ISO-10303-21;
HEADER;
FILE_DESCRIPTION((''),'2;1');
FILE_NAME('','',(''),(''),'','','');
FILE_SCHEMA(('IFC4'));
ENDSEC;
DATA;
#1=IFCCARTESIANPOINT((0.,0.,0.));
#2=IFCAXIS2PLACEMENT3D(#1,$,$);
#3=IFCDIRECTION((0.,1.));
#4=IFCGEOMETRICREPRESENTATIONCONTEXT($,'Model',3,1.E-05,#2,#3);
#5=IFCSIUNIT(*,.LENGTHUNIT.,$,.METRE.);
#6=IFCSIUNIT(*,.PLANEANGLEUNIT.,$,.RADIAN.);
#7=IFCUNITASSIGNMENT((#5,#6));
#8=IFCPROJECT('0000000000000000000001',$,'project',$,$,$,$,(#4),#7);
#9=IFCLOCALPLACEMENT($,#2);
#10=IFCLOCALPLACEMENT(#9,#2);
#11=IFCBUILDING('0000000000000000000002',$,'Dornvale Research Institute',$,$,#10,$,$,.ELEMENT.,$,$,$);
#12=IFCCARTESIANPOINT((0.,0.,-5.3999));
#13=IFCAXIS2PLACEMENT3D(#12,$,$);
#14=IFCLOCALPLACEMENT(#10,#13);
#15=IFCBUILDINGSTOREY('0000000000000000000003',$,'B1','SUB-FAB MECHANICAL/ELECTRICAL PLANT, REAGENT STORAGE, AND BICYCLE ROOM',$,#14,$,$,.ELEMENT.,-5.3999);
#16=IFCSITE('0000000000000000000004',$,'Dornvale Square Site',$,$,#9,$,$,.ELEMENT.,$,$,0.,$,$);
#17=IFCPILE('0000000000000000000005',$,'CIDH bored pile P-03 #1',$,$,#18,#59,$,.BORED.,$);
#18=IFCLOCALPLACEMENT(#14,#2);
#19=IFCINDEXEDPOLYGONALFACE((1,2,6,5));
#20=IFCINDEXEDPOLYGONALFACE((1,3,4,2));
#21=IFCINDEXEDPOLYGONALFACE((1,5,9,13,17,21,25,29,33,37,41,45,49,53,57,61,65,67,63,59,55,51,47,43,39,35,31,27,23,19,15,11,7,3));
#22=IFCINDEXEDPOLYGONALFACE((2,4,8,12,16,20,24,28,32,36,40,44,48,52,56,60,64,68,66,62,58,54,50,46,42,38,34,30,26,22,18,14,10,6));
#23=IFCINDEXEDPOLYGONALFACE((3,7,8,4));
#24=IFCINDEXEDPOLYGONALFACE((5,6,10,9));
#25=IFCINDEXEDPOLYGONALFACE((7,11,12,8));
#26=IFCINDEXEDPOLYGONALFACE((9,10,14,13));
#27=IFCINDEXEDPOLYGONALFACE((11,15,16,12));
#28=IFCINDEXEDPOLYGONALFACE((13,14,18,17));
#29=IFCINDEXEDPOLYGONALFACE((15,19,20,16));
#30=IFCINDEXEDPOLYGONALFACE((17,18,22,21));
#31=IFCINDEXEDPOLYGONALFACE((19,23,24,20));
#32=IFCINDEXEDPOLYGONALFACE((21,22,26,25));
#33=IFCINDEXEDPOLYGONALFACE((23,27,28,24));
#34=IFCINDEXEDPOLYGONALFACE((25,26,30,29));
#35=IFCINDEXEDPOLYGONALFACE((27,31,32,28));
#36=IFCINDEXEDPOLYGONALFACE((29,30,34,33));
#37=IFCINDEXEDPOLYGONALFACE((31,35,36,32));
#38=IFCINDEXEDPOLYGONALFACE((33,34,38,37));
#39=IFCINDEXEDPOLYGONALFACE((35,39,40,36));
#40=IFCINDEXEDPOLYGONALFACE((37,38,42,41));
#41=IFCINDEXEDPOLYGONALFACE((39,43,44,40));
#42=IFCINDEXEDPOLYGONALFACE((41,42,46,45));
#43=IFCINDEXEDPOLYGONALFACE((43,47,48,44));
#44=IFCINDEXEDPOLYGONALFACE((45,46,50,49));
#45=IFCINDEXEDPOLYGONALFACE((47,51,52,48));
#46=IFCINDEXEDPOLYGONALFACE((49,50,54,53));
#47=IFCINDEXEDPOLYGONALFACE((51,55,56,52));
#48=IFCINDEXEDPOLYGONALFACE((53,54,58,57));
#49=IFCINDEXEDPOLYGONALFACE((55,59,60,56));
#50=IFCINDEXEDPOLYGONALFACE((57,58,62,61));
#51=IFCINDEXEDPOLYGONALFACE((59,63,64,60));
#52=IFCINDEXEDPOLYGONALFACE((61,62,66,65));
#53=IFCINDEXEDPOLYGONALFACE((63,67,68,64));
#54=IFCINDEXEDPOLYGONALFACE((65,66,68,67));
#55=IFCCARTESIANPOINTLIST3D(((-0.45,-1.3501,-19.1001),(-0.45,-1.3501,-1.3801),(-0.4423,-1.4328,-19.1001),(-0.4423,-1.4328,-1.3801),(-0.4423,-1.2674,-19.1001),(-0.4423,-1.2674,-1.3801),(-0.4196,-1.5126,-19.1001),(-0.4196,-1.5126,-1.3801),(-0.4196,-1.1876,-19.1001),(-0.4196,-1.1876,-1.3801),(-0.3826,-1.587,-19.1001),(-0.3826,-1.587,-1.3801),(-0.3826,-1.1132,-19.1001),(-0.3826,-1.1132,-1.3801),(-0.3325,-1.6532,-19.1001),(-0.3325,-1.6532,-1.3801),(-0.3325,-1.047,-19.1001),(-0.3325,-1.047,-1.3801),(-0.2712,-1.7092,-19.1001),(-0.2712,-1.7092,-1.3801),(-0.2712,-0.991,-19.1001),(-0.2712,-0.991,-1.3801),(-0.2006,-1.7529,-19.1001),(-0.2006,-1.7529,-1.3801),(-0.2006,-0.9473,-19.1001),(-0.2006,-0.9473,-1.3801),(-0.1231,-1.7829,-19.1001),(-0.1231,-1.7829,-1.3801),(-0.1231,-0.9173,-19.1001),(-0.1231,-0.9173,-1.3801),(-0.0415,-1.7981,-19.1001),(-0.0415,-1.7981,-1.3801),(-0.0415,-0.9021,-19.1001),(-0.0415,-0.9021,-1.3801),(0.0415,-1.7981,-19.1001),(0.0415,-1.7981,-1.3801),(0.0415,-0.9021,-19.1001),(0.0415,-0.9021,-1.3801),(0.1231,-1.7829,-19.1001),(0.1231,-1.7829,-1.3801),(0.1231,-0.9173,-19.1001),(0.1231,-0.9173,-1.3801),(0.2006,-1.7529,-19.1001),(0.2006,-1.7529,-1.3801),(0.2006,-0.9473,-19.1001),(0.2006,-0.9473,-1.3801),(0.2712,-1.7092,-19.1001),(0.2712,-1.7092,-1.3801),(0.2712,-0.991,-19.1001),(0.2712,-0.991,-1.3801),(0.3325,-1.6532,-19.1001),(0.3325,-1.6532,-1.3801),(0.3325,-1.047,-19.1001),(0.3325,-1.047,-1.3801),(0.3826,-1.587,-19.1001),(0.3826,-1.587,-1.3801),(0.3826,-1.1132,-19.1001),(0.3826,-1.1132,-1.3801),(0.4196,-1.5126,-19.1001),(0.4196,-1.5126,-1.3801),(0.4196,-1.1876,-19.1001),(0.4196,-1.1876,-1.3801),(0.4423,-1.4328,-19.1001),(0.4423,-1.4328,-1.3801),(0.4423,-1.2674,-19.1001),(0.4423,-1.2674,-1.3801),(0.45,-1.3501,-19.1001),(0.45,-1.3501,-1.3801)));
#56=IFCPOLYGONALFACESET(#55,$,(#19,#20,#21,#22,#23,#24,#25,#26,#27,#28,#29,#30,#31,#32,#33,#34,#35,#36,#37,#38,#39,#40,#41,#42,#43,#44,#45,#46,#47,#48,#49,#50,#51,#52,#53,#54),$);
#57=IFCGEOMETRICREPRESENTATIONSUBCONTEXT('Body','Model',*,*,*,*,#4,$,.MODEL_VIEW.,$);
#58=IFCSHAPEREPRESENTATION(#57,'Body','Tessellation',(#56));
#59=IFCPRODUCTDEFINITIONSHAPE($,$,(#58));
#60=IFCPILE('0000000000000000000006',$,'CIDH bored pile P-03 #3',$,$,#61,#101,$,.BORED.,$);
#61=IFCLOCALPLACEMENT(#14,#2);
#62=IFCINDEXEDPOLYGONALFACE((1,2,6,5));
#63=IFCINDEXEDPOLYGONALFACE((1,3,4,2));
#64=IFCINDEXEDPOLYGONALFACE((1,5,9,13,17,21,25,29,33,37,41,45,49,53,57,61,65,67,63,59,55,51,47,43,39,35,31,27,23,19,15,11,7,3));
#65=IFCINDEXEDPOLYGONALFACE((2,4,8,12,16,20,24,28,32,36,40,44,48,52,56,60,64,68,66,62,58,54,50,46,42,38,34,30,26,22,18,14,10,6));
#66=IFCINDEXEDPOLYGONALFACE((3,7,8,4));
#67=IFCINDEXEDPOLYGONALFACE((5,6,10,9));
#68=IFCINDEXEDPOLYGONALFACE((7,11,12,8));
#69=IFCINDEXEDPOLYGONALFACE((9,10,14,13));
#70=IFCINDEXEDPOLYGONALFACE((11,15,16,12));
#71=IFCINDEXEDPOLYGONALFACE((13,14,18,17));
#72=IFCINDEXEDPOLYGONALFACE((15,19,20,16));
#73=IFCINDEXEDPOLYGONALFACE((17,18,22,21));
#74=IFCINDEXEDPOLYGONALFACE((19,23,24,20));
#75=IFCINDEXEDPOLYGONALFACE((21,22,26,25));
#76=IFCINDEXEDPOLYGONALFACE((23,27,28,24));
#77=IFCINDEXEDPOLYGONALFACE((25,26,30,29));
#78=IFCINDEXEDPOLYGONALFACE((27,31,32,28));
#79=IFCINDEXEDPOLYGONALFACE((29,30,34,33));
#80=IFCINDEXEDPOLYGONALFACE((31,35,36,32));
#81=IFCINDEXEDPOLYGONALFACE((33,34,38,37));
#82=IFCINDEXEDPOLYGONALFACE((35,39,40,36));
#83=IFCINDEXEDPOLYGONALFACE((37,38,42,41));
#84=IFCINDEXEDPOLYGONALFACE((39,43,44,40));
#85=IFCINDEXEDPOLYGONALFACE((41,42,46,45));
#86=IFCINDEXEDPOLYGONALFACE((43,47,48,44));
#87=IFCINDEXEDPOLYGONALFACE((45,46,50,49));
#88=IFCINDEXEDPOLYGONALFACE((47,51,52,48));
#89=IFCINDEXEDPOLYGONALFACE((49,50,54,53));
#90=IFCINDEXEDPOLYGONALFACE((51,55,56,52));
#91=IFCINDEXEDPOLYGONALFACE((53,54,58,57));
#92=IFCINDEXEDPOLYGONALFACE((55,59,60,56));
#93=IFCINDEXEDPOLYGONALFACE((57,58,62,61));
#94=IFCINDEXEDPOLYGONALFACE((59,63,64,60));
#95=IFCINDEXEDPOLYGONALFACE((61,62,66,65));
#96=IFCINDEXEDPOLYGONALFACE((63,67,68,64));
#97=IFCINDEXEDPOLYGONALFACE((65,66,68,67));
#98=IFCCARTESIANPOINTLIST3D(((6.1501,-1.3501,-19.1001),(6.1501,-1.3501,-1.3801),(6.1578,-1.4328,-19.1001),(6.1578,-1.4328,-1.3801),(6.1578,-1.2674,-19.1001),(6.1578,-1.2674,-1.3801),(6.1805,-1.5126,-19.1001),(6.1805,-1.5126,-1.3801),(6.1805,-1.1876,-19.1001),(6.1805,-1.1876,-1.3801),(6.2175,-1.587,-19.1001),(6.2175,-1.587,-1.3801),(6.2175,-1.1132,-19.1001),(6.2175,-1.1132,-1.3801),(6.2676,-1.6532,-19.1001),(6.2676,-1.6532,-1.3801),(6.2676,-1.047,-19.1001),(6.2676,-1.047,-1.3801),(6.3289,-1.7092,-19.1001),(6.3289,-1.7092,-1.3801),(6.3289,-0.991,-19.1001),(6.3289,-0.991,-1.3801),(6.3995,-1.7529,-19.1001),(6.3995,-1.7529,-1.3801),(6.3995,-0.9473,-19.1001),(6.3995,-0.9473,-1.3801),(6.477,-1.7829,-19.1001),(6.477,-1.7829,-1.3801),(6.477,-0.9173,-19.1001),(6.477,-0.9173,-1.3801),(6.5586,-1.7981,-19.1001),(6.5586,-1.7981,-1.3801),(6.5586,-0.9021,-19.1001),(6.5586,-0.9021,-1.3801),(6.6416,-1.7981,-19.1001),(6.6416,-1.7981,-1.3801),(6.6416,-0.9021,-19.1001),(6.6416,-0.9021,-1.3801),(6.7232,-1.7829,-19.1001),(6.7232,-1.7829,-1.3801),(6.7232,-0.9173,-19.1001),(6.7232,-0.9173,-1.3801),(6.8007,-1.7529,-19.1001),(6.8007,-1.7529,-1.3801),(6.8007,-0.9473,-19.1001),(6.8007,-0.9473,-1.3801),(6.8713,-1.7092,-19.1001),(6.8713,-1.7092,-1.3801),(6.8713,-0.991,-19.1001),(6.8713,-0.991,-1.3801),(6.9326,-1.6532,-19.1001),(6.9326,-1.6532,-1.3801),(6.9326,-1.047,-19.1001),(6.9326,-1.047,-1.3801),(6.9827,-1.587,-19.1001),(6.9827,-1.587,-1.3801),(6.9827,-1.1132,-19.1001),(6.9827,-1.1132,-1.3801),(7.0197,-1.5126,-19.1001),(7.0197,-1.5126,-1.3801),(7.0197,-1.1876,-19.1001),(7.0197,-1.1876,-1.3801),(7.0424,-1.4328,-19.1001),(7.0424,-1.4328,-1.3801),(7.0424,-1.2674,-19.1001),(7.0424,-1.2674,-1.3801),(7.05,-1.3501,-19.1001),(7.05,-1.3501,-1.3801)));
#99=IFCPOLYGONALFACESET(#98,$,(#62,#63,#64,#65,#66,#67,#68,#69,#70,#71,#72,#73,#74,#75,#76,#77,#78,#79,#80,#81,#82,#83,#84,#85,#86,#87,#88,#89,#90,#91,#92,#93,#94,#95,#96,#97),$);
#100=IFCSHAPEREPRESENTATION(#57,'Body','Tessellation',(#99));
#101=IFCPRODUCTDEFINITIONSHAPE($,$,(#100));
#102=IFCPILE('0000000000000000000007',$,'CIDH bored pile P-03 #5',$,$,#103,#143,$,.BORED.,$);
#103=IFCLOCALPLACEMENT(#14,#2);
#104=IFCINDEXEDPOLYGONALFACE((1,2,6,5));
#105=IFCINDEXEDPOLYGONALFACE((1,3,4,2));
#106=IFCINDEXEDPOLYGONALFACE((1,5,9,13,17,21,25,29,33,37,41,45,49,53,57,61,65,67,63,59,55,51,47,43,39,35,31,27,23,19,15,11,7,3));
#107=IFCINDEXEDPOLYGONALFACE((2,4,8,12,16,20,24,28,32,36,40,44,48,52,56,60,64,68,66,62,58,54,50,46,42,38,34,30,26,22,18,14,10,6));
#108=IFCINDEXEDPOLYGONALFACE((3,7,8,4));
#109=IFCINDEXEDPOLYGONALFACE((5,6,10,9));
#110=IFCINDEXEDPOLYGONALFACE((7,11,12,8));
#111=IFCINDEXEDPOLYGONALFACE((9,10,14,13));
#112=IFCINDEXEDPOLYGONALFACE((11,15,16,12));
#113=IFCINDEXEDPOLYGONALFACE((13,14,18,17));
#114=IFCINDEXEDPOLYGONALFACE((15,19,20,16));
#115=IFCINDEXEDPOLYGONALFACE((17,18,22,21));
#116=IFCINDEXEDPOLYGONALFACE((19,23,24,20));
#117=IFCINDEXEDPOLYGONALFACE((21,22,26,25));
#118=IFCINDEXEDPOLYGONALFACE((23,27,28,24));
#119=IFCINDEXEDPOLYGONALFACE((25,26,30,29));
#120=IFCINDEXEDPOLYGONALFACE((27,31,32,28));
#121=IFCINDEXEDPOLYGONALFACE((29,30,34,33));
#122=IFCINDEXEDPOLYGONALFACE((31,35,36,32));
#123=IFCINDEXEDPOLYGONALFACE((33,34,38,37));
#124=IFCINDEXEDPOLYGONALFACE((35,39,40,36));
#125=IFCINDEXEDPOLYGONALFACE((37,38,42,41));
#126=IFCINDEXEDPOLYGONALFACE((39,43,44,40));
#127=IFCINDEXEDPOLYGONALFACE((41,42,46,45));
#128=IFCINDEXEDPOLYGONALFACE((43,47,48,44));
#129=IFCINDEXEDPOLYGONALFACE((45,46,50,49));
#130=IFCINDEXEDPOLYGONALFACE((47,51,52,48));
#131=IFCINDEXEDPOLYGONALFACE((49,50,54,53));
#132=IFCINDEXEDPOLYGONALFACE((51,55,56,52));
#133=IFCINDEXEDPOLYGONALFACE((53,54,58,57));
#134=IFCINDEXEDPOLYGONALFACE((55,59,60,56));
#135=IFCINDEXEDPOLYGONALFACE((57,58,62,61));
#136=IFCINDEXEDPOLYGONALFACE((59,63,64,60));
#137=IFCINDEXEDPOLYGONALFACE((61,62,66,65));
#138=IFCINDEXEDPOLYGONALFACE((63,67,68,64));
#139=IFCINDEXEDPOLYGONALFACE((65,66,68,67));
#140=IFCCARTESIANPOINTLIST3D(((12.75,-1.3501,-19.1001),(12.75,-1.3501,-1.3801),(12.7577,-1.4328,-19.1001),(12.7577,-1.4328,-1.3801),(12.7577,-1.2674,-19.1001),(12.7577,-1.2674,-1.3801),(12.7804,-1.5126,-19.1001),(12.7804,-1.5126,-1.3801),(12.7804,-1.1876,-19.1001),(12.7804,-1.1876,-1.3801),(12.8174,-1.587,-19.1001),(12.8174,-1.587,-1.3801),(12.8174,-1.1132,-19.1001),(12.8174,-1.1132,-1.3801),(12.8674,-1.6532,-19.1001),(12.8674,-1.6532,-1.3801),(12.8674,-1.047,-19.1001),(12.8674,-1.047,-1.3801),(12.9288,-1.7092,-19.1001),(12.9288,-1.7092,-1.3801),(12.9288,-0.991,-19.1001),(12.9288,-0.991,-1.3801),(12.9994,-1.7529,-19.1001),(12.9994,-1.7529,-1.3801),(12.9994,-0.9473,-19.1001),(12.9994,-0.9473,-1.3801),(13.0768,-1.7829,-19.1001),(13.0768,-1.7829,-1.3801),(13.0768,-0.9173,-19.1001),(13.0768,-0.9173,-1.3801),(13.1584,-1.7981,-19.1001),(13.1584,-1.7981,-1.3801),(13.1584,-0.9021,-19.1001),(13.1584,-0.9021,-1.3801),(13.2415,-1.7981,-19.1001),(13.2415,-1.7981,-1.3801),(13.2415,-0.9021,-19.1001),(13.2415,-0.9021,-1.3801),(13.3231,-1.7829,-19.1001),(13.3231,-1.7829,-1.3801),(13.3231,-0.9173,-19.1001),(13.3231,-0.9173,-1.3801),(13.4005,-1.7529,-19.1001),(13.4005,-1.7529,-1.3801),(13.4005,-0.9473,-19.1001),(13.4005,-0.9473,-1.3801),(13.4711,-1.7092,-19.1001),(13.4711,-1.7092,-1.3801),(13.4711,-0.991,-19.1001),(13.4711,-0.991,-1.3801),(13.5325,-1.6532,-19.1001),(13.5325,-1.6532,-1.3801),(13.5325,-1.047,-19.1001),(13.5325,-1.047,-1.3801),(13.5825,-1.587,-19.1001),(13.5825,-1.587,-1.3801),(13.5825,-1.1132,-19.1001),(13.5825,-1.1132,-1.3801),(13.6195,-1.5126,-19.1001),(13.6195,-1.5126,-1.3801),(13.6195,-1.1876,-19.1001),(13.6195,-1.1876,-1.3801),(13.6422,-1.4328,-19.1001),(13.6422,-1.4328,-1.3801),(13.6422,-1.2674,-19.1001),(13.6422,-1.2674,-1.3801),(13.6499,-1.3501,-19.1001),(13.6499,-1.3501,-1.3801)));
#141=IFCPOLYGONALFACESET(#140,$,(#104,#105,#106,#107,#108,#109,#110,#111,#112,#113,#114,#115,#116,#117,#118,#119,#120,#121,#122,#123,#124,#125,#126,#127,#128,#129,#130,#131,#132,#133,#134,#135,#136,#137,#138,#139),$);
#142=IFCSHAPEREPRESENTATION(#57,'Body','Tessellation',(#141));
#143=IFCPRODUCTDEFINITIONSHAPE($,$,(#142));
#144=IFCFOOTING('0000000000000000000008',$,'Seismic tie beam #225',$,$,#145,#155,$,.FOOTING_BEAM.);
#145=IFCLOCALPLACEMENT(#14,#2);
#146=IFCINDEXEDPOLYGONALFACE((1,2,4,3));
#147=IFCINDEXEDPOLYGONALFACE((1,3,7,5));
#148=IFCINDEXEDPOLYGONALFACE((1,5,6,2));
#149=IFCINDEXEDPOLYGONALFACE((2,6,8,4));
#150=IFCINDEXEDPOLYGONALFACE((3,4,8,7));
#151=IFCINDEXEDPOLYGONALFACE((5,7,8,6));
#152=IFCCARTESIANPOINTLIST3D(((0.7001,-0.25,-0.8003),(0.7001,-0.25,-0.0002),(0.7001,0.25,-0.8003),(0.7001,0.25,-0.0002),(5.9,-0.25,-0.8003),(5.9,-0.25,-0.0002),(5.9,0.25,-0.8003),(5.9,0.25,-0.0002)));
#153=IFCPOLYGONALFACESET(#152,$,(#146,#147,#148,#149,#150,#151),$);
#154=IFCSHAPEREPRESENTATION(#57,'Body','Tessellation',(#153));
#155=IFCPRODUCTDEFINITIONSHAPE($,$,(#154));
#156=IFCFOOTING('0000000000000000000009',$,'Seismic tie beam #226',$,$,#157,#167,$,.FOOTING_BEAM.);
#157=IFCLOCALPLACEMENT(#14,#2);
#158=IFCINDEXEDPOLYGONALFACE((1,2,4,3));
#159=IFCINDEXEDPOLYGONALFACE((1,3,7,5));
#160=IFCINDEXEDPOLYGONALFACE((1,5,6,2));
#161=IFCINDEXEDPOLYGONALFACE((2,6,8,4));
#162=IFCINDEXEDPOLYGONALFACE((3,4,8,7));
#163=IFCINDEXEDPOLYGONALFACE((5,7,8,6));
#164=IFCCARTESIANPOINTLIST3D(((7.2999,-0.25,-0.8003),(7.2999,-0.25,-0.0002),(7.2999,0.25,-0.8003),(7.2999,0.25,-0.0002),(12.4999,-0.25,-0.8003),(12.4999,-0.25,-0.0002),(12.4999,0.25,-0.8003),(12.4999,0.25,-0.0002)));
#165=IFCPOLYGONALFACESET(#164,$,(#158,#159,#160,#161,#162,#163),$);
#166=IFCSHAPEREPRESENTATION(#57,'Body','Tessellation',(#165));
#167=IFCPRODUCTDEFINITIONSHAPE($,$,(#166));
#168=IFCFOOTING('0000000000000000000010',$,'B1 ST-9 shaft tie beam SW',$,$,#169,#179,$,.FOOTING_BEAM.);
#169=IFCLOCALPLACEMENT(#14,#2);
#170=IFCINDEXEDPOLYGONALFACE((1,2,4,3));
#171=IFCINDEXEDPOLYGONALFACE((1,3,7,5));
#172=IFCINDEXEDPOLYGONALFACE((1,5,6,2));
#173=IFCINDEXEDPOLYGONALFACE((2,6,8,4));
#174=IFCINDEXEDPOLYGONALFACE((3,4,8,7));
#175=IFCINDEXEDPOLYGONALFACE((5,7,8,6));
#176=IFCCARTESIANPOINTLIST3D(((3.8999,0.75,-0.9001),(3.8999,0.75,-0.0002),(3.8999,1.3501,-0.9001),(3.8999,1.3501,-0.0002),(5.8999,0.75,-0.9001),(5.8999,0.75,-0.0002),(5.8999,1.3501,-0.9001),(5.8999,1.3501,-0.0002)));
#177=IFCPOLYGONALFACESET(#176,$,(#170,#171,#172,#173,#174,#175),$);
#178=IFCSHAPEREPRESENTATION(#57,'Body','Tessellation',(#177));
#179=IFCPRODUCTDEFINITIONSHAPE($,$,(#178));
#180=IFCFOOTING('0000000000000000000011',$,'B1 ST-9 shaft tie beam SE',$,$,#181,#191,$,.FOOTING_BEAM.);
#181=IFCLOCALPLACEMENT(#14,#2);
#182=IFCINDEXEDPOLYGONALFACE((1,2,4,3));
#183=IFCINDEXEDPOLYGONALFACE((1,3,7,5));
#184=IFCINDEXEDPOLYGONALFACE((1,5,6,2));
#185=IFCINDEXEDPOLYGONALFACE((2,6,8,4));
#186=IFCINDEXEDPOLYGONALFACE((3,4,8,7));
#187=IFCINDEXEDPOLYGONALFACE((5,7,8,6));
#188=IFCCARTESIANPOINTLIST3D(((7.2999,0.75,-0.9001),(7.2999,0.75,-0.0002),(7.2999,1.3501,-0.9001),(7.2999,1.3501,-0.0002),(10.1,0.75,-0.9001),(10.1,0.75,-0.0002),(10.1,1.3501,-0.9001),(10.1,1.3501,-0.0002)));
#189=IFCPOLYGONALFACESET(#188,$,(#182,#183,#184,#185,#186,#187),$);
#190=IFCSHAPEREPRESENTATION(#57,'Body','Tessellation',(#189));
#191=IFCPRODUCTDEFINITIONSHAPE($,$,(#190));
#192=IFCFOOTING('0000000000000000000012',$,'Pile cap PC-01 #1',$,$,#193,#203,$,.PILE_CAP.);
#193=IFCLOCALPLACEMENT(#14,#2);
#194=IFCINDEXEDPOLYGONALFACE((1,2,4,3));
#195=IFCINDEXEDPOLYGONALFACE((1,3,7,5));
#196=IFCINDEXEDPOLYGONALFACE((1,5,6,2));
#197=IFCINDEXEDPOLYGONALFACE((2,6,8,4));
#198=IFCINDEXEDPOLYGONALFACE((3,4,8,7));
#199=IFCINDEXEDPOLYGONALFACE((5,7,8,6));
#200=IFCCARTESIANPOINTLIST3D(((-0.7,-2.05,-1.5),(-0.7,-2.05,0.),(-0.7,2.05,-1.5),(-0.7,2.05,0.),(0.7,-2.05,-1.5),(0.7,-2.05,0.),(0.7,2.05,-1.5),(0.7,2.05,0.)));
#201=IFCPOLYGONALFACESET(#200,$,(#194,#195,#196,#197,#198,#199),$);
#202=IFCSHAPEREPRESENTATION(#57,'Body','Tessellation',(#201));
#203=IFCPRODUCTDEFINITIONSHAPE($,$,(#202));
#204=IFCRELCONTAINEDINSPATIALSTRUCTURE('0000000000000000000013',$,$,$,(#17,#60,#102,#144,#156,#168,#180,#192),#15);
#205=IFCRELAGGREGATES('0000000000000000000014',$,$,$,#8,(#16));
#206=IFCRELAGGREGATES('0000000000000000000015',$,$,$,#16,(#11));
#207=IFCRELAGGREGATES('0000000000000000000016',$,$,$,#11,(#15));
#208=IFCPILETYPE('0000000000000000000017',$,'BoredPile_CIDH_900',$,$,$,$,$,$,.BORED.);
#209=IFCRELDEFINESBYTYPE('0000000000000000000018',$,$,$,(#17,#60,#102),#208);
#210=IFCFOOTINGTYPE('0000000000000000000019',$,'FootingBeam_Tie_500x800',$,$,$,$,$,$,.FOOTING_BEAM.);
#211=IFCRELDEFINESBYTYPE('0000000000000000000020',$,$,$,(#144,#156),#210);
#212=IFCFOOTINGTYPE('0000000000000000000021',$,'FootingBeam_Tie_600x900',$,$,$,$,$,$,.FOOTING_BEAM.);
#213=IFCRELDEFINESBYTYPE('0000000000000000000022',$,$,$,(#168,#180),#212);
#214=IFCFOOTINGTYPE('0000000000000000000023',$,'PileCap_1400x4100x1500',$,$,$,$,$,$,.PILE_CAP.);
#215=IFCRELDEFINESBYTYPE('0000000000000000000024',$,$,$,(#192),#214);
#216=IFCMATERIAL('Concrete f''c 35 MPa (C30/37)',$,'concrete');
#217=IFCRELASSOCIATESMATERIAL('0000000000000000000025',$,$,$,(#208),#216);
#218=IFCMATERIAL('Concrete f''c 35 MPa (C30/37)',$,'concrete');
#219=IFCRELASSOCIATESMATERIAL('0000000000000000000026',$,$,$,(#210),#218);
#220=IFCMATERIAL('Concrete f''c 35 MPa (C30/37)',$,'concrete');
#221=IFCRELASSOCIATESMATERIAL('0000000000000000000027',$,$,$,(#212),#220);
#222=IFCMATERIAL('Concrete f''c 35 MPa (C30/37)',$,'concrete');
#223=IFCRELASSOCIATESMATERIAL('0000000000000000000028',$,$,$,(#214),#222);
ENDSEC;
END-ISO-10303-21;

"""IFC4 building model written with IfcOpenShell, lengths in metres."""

from ifc_helpers import new_model, si_unit, direction, frame, origin, origin_2d, place, context, subcontext, project, spatial, rectangle, circle, extrude, material, material_profile, profile_set, type_object, element, save


model = new_model("IFC4")

# Units and contexts
model_context = context("Model", 3, precision=1e-05, world=origin(), true_north=direction((0.0, 1.0)))
body_context = subcontext(model_context, "Body", "Model", "MODEL_VIEW")
ifc_project = project(units=[si_unit("LENGTHUNIT", "METRE"), si_unit("PLANEANGLEUNIT", "RADIAN")], contexts=[model_context])

# Site, building, storey
site_placement = place(None, origin())
site = spatial("IfcSite", under=ifc_project, at=site_placement, Name="Dornvale Square Site", CompositionType="ELEMENT", RefElevation=0.0)
building_placement = place(site_placement, origin())
building = spatial("IfcBuilding", under=site, at=building_placement, Name="Dornvale Research Institute", CompositionType="ELEMENT")
storey_placement = place(building_placement, frame((0.0, 0.0, -5.3999)))
storey = spatial("IfcBuildingStorey", under=building, at=storey_placement, Name="B1", Description="SUB-FAB MECHANICAL/ELECTRICAL PLANT, REAGENT STORAGE, AND BICYCLE ROOM", CompositionType="ELEMENT", Elevation=-5.3999)

# Piles
ifc_material_1 = material(Name="Concrete f'c 35 MPa (C30/37)", Category="concrete")
ifc_material_profile_1 = material_profile(ifc_material_1, circle(Radius=0.45, at=origin_2d()), Name="CIDH PILE D900")
ifc_profile_set_1 = profile_set([ifc_material_profile_1], Name="Concrete f'c 35 MPa (C30/37)")
pile_type = type_object("IfcPileType", Name="BoredPile_CIDH_900", PredefinedType="BORED", material=ifc_profile_set_1)
for number, where, z_axis, x_axis, name in (
    (1, (0.0, -1.3501, -1.3801), (0.0, 0.0, -1.0), (1.0, 0.0, 0.0), "CIDH bored pile P-03 #1"),
    (2, (6.6001, -1.3501, -1.3801), (0.0, 0.0, -1.0), (1.0, 0.0, 0.0), "CIDH bored pile P-03 #3"),
    (3, (13.2, -1.3501, -1.3801), (0.0, 0.0, -1.0), (1.0, 0.0, 0.0), "CIDH bored pile P-03 #5"),
):
    element("IfcPile", number, at=place(storey_placement, frame(where, z_axis=z_axis, x_axis=x_axis)), inside=storey, type_object=pile_type, Name=name, PredefinedType="BORED", context=body_context, shape_type="SweptSolid", body=[
        extrude(circle(Radius=0.45, at=origin_2d()), origin(), (0.0, 0.0, 1.0), 17.72),
    ])

# Footings
ifc_material_2 = material(Name="Concrete f'c 35 MPa (C30/37)", Category="concrete")
footing_type_1 = type_object("IfcFootingType", Name="FootingBeam_Tie_500x800", PredefinedType="FOOTING_BEAM", material=ifc_material_2)
for number, where, z_axis, x_axis, name in (
    (4, (3.3, 0.0, -0.8003), (0.0, 0.0, 1.0), (1.0, 0.0, 0.0), "Seismic tie beam #225"),
    (5, (9.8999, 0.0, -0.8003), (0.0, 0.0, 1.0), (1.0, 0.0, 0.0), "Seismic tie beam #226"),
):
    element("IfcFooting", number, at=place(storey_placement, frame(where, z_axis=z_axis, x_axis=x_axis)), inside=storey, type_object=footing_type_1, Name=name, PredefinedType="FOOTING_BEAM", context=body_context, shape_type="SweptSolid", body=[
        extrude(rectangle(XDim=5.2, YDim=0.5, at=origin_2d()), origin(), (0.0, 0.0, 1.0), 0.8),
    ])
ifc_material_3 = material(Name="Concrete f'c 35 MPa (C30/37)", Category="concrete")
footing_type_2 = type_object("IfcFootingType", Name="FootingBeam_Tie_600x900", PredefinedType="FOOTING_BEAM", material=ifc_material_3)
footing_1_placement = place(storey_placement, frame((4.8999, 1.05, -0.9001), z_axis=(0.0, 0.0, 1.0), x_axis=(1.0, 0.0, 0.0)))
element("IfcFooting", 6, at=footing_1_placement, inside=storey, type_object=footing_type_2, Name="B1 ST-9 shaft tie beam SW", PredefinedType="FOOTING_BEAM", context=body_context, shape_type="SweptSolid", body=[
    extrude(rectangle(XDim=2.0, YDim=0.6001, at=origin_2d()), origin(), (0.0, 0.0, 1.0), 0.8999),
])
footing_2_placement = place(storey_placement, frame((8.7, 1.05, -0.9001), z_axis=(0.0, 0.0, 1.0), x_axis=(1.0, 0.0, 0.0)))
element("IfcFooting", 7, at=footing_2_placement, inside=storey, type_object=footing_type_2, Name="B1 ST-9 shaft tie beam SE", PredefinedType="FOOTING_BEAM", context=body_context, shape_type="SweptSolid", body=[
    extrude(rectangle(XDim=2.8, YDim=0.6001, at=origin_2d()), origin(), (0.0, 0.0, 1.0), 0.8999),
])
ifc_material_4 = material(Name="Concrete f'c 35 MPa (C30/37)", Category="concrete")
footing_type_3 = type_object("IfcFootingType", Name="PileCap_1400x4100x1500", PredefinedType="PILE_CAP", material=ifc_material_4)
for number, where, z_axis, x_axis, name in (
    (8, (0.0, 0.0, -1.5), (0.0, 0.0, 1.0), (1.0, 0.0, 0.0), "Pile cap PC-01 #1"),
):
    element("IfcFooting", number, at=place(storey_placement, frame(where, z_axis=z_axis, x_axis=x_axis)), inside=storey, type_object=footing_type_3, Name=name, PredefinedType="PILE_CAP", context=body_context, shape_type="SweptSolid", body=[
        extrude(rectangle(XDim=1.3999, YDim=4.1001, at=origin_2d()), origin(), (0.0, 0.0, 1.0), 1.5),
    ])

save(model, "model.ifc")
